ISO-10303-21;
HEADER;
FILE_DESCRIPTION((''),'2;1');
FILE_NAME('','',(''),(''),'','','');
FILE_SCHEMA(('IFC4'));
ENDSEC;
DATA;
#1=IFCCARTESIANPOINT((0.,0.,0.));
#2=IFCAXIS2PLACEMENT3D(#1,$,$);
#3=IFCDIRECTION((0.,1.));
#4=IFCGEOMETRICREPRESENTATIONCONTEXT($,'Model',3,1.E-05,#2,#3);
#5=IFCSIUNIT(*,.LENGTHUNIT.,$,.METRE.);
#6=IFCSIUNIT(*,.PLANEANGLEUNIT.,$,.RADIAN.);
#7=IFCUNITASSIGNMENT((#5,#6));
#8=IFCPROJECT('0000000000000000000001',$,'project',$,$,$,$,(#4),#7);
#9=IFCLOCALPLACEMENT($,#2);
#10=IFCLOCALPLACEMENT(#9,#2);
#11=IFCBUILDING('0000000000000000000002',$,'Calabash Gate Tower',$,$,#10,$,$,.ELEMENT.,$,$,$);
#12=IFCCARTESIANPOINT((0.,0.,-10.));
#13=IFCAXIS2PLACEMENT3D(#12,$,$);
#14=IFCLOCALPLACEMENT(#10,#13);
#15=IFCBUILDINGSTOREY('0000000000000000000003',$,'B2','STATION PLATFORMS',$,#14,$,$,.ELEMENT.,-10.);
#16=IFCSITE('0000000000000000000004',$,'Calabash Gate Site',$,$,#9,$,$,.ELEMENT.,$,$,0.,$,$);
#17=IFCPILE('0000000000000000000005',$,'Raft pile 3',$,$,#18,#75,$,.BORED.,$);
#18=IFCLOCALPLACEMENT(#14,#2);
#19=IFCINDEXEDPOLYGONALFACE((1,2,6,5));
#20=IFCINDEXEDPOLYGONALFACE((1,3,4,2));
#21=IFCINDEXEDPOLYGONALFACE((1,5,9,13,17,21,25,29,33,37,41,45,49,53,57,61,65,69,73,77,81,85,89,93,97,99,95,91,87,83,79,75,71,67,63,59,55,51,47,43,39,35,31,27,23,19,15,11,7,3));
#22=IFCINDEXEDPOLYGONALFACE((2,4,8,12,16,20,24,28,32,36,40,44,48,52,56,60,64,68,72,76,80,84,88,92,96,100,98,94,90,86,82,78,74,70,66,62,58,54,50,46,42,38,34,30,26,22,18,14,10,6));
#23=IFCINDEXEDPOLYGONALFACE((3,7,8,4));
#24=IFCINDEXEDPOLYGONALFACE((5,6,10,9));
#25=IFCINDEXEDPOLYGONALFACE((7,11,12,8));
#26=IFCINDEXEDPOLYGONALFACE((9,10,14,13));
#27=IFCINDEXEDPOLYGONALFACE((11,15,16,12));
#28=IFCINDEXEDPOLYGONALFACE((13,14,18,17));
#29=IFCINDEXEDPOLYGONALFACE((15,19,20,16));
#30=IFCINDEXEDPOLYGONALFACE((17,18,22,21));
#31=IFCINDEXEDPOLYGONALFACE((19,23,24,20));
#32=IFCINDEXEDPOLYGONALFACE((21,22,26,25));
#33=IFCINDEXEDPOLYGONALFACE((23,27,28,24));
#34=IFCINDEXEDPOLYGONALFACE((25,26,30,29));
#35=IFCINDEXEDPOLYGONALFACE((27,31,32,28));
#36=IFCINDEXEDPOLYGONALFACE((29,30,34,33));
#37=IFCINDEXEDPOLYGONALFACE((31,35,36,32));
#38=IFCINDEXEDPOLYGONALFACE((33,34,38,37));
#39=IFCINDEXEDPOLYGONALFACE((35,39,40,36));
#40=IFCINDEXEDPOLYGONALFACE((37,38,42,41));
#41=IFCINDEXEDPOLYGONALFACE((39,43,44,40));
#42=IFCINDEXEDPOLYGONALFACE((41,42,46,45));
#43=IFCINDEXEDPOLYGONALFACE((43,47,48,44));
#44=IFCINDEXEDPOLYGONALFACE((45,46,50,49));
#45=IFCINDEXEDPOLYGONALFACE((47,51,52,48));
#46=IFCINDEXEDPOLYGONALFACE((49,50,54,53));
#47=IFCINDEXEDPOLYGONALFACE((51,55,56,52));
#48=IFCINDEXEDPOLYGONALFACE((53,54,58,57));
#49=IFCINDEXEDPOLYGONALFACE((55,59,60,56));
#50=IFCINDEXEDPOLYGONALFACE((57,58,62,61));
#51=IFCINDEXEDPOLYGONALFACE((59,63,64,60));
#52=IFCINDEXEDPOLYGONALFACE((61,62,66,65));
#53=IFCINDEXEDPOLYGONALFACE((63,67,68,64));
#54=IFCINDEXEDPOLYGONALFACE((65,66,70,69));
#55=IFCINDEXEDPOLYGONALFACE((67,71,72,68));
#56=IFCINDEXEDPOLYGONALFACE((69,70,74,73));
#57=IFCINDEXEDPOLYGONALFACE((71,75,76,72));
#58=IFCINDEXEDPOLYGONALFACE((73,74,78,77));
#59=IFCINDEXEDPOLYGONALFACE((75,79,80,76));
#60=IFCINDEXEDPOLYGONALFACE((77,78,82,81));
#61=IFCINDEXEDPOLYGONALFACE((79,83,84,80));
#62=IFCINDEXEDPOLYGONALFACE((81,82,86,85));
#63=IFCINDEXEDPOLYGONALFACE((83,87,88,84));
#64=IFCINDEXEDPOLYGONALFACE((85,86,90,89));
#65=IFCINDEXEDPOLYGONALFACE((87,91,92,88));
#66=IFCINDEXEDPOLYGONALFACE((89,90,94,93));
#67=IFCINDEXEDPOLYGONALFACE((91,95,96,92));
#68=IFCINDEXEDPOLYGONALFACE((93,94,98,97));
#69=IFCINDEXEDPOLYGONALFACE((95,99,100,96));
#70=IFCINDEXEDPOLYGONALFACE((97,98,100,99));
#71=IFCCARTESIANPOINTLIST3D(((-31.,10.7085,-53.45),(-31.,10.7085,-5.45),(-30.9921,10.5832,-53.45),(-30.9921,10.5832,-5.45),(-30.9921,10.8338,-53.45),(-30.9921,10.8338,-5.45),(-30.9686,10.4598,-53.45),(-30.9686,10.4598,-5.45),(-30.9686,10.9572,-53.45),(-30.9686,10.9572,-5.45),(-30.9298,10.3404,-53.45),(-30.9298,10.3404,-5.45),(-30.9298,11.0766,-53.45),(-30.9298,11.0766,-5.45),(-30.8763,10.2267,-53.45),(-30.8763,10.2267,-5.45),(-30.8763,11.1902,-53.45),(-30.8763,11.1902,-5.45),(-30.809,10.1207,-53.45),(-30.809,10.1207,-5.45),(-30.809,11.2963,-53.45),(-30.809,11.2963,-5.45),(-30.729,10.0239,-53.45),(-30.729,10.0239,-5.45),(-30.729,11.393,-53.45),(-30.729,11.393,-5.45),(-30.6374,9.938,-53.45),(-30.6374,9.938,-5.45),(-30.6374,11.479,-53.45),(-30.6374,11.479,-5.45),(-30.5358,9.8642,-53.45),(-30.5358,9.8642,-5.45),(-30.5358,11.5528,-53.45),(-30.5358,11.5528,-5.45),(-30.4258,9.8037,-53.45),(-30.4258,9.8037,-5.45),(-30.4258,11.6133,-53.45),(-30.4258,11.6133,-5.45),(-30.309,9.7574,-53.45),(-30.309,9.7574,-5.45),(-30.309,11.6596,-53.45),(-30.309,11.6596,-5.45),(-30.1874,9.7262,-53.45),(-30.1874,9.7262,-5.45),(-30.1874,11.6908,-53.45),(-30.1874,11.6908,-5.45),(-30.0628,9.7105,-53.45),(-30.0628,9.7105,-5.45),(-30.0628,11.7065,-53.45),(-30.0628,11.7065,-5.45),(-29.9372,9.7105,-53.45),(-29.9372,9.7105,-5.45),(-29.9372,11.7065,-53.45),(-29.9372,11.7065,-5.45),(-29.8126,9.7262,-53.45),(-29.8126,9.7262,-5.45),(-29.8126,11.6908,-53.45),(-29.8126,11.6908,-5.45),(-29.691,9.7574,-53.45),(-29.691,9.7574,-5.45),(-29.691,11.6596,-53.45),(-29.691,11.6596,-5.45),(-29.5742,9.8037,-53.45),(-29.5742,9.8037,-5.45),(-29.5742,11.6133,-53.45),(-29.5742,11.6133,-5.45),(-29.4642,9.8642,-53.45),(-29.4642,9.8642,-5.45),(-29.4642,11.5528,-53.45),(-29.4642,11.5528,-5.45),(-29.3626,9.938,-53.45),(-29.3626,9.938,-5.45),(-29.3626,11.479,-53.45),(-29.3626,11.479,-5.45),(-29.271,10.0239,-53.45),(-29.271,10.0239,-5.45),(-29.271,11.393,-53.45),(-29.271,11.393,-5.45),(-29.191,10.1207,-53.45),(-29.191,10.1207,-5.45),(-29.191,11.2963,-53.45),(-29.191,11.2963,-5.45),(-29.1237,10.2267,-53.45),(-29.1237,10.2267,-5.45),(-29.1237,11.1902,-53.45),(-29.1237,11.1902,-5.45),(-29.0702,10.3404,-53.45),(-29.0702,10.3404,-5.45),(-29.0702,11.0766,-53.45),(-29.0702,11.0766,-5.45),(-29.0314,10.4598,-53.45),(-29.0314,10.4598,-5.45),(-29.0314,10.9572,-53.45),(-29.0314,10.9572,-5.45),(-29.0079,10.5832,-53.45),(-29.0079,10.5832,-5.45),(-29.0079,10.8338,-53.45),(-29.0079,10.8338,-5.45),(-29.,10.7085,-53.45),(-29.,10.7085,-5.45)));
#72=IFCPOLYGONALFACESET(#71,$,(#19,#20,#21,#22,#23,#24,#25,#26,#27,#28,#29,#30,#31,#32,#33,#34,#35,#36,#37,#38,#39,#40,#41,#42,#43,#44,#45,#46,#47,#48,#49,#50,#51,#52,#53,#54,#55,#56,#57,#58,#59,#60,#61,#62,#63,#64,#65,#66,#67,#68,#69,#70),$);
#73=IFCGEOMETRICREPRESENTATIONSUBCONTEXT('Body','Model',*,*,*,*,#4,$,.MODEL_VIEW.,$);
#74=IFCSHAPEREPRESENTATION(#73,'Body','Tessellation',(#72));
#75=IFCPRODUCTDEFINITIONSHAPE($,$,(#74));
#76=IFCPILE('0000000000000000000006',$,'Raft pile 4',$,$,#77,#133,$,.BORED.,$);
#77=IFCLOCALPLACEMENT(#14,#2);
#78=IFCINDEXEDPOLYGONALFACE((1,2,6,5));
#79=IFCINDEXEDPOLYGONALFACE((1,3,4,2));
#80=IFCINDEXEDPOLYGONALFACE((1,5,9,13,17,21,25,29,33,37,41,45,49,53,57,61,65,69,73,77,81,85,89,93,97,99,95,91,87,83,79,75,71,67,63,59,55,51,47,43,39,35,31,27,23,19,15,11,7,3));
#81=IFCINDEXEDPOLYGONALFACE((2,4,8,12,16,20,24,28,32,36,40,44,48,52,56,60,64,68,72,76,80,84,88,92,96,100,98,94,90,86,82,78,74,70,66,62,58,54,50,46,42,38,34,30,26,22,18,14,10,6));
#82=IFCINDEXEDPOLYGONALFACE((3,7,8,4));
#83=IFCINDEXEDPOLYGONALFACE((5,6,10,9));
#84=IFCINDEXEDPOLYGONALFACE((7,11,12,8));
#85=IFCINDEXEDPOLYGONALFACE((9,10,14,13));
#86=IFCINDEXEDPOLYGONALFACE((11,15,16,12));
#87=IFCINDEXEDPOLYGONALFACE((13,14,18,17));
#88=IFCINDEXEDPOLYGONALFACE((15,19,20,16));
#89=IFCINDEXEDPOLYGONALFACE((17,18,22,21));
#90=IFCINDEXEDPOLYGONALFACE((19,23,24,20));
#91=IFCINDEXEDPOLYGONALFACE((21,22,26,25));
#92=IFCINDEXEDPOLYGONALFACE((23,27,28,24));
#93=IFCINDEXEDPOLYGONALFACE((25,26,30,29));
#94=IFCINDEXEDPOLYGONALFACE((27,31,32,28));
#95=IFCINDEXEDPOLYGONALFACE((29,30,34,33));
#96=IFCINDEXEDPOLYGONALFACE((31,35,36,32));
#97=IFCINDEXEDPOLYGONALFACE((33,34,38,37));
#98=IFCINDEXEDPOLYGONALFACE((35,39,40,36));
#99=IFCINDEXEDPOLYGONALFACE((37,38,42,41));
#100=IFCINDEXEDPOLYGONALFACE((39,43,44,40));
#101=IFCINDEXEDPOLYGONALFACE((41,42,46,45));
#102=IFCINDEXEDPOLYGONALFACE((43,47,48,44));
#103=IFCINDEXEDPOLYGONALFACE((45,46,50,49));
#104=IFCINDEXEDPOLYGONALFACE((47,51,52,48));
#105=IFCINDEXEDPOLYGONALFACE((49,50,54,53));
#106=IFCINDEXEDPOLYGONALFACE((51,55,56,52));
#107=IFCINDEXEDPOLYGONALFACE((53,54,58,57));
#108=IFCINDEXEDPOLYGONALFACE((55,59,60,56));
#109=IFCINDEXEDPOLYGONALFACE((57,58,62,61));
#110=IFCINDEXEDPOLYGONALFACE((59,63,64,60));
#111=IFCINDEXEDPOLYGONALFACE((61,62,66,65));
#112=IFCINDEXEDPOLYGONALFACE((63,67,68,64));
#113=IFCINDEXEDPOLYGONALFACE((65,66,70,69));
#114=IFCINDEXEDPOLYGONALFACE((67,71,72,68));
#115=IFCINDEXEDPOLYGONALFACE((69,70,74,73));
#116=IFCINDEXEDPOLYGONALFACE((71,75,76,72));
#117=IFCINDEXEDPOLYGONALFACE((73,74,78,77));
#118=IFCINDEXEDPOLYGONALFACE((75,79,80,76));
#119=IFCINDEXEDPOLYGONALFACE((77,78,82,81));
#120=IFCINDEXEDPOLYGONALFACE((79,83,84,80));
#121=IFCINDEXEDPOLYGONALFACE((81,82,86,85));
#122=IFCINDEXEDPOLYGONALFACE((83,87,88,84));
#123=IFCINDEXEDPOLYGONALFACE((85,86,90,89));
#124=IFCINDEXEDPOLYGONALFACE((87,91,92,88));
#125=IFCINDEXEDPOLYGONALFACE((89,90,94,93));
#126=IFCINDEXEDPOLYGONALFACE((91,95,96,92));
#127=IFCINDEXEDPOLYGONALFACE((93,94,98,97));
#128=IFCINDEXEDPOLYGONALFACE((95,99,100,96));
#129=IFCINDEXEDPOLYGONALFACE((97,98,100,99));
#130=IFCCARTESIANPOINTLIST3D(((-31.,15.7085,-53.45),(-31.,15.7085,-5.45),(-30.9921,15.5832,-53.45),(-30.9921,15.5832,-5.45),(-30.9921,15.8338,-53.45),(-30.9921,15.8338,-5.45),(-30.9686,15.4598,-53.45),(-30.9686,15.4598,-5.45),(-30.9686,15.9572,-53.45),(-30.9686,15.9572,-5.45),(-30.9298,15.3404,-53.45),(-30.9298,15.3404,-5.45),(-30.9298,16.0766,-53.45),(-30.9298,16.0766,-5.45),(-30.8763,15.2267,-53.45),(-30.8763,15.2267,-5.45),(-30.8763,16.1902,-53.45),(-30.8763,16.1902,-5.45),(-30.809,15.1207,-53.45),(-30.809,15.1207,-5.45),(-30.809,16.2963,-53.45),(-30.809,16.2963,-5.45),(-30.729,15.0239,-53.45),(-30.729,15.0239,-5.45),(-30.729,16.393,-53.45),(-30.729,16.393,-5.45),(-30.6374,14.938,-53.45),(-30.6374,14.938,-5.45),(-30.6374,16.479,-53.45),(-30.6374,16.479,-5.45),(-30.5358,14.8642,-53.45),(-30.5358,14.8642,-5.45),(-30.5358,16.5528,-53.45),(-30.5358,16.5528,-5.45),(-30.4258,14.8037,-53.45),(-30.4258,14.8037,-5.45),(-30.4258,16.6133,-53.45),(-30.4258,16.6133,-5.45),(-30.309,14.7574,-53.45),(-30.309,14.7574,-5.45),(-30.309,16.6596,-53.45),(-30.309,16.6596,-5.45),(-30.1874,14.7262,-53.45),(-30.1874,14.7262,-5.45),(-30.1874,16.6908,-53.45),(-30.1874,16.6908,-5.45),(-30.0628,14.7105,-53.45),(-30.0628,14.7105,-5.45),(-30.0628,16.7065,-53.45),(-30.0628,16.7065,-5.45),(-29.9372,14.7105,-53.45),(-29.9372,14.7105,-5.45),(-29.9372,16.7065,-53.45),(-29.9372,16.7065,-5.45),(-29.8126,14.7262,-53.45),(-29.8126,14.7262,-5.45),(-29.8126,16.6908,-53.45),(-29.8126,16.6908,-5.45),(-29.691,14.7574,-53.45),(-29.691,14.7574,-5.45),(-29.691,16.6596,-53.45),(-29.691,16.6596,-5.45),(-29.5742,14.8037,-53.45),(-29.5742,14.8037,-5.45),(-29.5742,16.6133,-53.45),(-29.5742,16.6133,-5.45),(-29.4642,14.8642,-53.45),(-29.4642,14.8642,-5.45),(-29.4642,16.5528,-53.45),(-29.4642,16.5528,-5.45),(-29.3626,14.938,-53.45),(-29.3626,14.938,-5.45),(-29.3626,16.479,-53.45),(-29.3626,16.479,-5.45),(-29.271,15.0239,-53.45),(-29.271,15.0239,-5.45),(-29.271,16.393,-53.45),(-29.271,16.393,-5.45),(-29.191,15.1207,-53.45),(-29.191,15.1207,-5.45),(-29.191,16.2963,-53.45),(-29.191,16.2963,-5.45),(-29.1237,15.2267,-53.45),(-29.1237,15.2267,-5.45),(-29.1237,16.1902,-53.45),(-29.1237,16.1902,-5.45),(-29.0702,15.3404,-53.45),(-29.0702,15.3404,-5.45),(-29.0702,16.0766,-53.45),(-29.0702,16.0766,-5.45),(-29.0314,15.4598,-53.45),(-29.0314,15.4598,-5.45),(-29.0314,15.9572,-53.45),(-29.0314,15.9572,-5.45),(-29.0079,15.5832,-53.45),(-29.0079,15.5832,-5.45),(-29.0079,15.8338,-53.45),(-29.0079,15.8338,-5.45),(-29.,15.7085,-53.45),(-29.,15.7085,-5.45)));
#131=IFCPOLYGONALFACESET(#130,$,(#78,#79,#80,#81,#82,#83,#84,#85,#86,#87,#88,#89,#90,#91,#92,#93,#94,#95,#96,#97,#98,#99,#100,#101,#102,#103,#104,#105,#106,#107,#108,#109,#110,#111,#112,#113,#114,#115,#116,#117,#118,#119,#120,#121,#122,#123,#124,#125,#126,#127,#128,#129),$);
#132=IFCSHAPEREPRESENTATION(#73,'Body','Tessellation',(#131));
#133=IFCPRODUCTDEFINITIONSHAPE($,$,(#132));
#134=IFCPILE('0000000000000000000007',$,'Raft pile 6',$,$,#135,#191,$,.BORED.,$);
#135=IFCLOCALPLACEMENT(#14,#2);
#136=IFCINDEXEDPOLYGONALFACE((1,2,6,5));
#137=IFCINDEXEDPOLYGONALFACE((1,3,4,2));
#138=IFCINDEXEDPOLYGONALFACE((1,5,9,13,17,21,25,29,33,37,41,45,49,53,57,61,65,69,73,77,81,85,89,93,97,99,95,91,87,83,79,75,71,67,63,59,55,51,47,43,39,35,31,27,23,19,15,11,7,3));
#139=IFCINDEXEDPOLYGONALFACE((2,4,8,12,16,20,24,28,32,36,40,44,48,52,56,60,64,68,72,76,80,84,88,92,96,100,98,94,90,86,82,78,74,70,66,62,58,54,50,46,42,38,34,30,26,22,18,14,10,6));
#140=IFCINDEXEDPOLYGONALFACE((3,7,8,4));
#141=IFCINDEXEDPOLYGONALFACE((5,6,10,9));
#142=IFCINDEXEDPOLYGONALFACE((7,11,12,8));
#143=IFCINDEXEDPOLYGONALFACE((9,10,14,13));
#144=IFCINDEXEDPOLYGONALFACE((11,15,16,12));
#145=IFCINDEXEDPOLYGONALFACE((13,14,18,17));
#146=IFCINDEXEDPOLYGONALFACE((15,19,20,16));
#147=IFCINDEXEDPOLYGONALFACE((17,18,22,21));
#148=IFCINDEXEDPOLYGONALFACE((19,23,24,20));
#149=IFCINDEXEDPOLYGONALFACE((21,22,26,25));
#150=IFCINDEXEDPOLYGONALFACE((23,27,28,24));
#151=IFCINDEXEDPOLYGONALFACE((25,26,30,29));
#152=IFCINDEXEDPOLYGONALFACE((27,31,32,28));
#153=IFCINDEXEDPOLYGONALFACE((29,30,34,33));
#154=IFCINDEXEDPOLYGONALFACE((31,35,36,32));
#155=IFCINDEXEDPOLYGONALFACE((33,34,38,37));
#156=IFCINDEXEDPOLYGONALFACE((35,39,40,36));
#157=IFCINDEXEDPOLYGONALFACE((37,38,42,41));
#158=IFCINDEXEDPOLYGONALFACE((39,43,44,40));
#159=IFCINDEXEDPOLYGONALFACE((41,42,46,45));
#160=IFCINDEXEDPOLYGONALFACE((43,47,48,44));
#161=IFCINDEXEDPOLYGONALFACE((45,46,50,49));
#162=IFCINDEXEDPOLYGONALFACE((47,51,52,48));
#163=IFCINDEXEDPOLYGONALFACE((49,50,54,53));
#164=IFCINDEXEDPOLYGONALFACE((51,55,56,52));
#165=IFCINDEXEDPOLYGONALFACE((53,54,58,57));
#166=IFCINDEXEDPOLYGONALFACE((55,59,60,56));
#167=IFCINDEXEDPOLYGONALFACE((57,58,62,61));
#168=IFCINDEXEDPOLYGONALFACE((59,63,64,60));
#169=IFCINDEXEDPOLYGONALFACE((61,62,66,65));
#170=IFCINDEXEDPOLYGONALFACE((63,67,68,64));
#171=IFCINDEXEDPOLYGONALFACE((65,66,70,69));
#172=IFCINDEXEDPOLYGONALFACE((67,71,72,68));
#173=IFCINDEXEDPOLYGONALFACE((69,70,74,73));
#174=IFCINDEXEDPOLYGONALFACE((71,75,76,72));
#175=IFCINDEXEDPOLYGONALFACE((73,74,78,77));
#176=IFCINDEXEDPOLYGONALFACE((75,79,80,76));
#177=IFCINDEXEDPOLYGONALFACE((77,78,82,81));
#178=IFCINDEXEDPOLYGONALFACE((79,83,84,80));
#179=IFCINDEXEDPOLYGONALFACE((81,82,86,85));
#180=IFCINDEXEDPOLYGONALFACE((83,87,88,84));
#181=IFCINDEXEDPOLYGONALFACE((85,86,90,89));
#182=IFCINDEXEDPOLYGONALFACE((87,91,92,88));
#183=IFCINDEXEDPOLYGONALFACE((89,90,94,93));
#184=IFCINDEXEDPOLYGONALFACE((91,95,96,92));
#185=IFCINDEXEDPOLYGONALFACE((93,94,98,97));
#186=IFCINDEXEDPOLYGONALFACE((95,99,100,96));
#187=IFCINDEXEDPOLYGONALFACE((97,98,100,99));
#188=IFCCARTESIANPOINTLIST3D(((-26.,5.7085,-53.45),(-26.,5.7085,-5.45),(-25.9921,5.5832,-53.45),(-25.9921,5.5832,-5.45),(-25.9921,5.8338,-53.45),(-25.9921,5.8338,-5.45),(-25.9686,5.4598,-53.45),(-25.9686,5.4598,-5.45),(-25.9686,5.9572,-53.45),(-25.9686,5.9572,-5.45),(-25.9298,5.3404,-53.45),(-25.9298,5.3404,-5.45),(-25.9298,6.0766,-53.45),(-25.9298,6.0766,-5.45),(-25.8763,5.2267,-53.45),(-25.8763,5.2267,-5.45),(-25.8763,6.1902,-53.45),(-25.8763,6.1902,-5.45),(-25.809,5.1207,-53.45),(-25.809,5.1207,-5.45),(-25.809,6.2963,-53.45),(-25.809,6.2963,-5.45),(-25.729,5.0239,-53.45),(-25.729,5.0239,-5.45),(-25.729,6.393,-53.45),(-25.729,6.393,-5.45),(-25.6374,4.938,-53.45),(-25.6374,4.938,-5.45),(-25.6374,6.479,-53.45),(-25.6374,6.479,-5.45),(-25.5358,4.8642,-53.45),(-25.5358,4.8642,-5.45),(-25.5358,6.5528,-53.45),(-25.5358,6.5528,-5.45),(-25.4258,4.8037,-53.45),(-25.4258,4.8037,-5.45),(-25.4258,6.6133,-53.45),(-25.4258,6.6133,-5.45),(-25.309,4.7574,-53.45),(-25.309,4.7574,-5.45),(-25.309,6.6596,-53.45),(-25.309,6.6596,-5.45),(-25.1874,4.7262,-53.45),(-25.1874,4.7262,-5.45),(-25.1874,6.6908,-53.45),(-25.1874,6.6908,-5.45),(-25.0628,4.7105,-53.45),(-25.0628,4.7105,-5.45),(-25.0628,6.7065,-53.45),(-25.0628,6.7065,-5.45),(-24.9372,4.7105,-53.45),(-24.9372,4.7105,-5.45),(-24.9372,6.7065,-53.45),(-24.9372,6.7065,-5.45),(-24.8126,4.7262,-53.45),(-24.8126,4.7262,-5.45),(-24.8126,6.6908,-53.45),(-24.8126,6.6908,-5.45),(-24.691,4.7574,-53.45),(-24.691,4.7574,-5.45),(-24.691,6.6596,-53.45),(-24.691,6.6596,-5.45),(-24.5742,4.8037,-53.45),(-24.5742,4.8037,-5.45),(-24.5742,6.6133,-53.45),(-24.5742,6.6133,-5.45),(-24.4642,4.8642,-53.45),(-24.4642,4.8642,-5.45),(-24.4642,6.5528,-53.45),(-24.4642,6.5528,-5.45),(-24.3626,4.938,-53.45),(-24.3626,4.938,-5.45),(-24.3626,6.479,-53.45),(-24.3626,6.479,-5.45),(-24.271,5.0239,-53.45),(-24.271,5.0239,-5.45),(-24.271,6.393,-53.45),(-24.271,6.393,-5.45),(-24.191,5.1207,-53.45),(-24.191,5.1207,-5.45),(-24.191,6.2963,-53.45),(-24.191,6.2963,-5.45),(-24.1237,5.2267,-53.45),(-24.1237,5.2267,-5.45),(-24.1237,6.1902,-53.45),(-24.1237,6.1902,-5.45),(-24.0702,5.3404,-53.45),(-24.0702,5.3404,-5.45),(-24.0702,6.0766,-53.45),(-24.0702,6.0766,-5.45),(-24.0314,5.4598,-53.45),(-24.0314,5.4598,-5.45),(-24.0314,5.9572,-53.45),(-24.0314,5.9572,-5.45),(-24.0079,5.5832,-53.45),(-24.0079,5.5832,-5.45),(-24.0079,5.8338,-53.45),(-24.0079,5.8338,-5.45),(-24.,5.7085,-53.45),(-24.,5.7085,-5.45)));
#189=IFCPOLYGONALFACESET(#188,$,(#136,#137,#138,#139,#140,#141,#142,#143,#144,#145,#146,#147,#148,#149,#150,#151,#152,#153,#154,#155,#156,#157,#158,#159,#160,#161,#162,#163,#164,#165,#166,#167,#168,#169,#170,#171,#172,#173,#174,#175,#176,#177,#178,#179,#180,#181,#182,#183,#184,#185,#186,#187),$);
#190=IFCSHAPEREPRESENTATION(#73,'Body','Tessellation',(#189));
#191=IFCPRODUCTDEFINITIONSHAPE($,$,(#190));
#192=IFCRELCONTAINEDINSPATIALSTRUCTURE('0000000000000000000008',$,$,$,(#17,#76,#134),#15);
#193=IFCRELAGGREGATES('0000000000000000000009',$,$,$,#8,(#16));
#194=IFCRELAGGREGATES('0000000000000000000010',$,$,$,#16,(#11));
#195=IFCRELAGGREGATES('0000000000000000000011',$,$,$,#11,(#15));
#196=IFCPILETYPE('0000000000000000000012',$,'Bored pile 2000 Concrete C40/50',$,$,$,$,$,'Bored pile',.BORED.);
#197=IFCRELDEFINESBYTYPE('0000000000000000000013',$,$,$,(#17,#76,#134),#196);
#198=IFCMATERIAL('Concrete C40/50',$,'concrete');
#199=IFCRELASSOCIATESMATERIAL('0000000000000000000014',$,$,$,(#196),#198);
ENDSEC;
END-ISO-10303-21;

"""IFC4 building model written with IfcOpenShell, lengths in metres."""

from ifc_helpers import new_model, si_unit, direction, frame, origin, origin_2d, place, context, subcontext, project, spatial, circle, extrude, material, material_profile, profile_set, type_object, element, save


model = new_model("IFC4")

# Units and contexts
model_context = context("Model", 3, precision=1e-05, world=origin(), true_north=direction((0.0, 1.0)))
body_context = subcontext(model_context, "Body", "Model", "MODEL_VIEW")
ifc_project = project(units=[si_unit("LENGTHUNIT", "METRE"), si_unit("PLANEANGLEUNIT", "RADIAN")], contexts=[model_context])

# Site, building, storey
site_placement = place(None, origin())
site = spatial("IfcSite", under=ifc_project, at=site_placement, Name="Calabash Gate Site", CompositionType="ELEMENT", RefElevation=0.0)
building_placement = place(site_placement, origin())
building = spatial("IfcBuilding", under=site, at=building_placement, Name="Calabash Gate Tower", CompositionType="ELEMENT")
storey_placement = place(building_placement, frame((0.0, 0.0, -10.0)))
storey = spatial("IfcBuildingStorey", under=building, at=storey_placement, Name="B2", Description="STATION PLATFORMS", CompositionType="ELEMENT", Elevation=-10.0)

# Piles
ifc_material_1 = material(Name="Concrete C40/50", Category="concrete")
ifc_material_profile_1 = material_profile(ifc_material_1, circle(Radius=1.0, at=origin_2d()))
ifc_profile_set_1 = profile_set([ifc_material_profile_1], Name="Concrete C40/50")
pile_type = type_object("IfcPileType", Name="Bored pile 2000 Concrete C40/50", ElementType="Bored pile", PredefinedType="BORED", material=ifc_profile_set_1)
for number, where, z_axis, x_axis, name in (
    (1, (-30.0, 10.7085, -5.45), (0.0, 0.0, -1.0), (1.0, 0.0, 0.0), "Raft pile 3"),
    (2, (-30.0, 15.7085, -5.45), (0.0, 0.0, -1.0), (1.0, 0.0, 0.0), "Raft pile 4"),
    (3, (-25.0, 5.7085, -5.45), (0.0, 0.0, -1.0), (1.0, 0.0, 0.0), "Raft pile 6"),
):
    element("IfcPile", number, at=place(storey_placement, frame(where, z_axis=z_axis, x_axis=x_axis)), inside=storey, type_object=pile_type, Name=name, PredefinedType="BORED", context=body_context, shape_type="SweptSolid", body=[
        extrude(circle(Radius=1.0, at=origin_2d()), origin(), (0.0, 0.0, 1.0), 48.0),
    ])

save(model, "model.ifc")
